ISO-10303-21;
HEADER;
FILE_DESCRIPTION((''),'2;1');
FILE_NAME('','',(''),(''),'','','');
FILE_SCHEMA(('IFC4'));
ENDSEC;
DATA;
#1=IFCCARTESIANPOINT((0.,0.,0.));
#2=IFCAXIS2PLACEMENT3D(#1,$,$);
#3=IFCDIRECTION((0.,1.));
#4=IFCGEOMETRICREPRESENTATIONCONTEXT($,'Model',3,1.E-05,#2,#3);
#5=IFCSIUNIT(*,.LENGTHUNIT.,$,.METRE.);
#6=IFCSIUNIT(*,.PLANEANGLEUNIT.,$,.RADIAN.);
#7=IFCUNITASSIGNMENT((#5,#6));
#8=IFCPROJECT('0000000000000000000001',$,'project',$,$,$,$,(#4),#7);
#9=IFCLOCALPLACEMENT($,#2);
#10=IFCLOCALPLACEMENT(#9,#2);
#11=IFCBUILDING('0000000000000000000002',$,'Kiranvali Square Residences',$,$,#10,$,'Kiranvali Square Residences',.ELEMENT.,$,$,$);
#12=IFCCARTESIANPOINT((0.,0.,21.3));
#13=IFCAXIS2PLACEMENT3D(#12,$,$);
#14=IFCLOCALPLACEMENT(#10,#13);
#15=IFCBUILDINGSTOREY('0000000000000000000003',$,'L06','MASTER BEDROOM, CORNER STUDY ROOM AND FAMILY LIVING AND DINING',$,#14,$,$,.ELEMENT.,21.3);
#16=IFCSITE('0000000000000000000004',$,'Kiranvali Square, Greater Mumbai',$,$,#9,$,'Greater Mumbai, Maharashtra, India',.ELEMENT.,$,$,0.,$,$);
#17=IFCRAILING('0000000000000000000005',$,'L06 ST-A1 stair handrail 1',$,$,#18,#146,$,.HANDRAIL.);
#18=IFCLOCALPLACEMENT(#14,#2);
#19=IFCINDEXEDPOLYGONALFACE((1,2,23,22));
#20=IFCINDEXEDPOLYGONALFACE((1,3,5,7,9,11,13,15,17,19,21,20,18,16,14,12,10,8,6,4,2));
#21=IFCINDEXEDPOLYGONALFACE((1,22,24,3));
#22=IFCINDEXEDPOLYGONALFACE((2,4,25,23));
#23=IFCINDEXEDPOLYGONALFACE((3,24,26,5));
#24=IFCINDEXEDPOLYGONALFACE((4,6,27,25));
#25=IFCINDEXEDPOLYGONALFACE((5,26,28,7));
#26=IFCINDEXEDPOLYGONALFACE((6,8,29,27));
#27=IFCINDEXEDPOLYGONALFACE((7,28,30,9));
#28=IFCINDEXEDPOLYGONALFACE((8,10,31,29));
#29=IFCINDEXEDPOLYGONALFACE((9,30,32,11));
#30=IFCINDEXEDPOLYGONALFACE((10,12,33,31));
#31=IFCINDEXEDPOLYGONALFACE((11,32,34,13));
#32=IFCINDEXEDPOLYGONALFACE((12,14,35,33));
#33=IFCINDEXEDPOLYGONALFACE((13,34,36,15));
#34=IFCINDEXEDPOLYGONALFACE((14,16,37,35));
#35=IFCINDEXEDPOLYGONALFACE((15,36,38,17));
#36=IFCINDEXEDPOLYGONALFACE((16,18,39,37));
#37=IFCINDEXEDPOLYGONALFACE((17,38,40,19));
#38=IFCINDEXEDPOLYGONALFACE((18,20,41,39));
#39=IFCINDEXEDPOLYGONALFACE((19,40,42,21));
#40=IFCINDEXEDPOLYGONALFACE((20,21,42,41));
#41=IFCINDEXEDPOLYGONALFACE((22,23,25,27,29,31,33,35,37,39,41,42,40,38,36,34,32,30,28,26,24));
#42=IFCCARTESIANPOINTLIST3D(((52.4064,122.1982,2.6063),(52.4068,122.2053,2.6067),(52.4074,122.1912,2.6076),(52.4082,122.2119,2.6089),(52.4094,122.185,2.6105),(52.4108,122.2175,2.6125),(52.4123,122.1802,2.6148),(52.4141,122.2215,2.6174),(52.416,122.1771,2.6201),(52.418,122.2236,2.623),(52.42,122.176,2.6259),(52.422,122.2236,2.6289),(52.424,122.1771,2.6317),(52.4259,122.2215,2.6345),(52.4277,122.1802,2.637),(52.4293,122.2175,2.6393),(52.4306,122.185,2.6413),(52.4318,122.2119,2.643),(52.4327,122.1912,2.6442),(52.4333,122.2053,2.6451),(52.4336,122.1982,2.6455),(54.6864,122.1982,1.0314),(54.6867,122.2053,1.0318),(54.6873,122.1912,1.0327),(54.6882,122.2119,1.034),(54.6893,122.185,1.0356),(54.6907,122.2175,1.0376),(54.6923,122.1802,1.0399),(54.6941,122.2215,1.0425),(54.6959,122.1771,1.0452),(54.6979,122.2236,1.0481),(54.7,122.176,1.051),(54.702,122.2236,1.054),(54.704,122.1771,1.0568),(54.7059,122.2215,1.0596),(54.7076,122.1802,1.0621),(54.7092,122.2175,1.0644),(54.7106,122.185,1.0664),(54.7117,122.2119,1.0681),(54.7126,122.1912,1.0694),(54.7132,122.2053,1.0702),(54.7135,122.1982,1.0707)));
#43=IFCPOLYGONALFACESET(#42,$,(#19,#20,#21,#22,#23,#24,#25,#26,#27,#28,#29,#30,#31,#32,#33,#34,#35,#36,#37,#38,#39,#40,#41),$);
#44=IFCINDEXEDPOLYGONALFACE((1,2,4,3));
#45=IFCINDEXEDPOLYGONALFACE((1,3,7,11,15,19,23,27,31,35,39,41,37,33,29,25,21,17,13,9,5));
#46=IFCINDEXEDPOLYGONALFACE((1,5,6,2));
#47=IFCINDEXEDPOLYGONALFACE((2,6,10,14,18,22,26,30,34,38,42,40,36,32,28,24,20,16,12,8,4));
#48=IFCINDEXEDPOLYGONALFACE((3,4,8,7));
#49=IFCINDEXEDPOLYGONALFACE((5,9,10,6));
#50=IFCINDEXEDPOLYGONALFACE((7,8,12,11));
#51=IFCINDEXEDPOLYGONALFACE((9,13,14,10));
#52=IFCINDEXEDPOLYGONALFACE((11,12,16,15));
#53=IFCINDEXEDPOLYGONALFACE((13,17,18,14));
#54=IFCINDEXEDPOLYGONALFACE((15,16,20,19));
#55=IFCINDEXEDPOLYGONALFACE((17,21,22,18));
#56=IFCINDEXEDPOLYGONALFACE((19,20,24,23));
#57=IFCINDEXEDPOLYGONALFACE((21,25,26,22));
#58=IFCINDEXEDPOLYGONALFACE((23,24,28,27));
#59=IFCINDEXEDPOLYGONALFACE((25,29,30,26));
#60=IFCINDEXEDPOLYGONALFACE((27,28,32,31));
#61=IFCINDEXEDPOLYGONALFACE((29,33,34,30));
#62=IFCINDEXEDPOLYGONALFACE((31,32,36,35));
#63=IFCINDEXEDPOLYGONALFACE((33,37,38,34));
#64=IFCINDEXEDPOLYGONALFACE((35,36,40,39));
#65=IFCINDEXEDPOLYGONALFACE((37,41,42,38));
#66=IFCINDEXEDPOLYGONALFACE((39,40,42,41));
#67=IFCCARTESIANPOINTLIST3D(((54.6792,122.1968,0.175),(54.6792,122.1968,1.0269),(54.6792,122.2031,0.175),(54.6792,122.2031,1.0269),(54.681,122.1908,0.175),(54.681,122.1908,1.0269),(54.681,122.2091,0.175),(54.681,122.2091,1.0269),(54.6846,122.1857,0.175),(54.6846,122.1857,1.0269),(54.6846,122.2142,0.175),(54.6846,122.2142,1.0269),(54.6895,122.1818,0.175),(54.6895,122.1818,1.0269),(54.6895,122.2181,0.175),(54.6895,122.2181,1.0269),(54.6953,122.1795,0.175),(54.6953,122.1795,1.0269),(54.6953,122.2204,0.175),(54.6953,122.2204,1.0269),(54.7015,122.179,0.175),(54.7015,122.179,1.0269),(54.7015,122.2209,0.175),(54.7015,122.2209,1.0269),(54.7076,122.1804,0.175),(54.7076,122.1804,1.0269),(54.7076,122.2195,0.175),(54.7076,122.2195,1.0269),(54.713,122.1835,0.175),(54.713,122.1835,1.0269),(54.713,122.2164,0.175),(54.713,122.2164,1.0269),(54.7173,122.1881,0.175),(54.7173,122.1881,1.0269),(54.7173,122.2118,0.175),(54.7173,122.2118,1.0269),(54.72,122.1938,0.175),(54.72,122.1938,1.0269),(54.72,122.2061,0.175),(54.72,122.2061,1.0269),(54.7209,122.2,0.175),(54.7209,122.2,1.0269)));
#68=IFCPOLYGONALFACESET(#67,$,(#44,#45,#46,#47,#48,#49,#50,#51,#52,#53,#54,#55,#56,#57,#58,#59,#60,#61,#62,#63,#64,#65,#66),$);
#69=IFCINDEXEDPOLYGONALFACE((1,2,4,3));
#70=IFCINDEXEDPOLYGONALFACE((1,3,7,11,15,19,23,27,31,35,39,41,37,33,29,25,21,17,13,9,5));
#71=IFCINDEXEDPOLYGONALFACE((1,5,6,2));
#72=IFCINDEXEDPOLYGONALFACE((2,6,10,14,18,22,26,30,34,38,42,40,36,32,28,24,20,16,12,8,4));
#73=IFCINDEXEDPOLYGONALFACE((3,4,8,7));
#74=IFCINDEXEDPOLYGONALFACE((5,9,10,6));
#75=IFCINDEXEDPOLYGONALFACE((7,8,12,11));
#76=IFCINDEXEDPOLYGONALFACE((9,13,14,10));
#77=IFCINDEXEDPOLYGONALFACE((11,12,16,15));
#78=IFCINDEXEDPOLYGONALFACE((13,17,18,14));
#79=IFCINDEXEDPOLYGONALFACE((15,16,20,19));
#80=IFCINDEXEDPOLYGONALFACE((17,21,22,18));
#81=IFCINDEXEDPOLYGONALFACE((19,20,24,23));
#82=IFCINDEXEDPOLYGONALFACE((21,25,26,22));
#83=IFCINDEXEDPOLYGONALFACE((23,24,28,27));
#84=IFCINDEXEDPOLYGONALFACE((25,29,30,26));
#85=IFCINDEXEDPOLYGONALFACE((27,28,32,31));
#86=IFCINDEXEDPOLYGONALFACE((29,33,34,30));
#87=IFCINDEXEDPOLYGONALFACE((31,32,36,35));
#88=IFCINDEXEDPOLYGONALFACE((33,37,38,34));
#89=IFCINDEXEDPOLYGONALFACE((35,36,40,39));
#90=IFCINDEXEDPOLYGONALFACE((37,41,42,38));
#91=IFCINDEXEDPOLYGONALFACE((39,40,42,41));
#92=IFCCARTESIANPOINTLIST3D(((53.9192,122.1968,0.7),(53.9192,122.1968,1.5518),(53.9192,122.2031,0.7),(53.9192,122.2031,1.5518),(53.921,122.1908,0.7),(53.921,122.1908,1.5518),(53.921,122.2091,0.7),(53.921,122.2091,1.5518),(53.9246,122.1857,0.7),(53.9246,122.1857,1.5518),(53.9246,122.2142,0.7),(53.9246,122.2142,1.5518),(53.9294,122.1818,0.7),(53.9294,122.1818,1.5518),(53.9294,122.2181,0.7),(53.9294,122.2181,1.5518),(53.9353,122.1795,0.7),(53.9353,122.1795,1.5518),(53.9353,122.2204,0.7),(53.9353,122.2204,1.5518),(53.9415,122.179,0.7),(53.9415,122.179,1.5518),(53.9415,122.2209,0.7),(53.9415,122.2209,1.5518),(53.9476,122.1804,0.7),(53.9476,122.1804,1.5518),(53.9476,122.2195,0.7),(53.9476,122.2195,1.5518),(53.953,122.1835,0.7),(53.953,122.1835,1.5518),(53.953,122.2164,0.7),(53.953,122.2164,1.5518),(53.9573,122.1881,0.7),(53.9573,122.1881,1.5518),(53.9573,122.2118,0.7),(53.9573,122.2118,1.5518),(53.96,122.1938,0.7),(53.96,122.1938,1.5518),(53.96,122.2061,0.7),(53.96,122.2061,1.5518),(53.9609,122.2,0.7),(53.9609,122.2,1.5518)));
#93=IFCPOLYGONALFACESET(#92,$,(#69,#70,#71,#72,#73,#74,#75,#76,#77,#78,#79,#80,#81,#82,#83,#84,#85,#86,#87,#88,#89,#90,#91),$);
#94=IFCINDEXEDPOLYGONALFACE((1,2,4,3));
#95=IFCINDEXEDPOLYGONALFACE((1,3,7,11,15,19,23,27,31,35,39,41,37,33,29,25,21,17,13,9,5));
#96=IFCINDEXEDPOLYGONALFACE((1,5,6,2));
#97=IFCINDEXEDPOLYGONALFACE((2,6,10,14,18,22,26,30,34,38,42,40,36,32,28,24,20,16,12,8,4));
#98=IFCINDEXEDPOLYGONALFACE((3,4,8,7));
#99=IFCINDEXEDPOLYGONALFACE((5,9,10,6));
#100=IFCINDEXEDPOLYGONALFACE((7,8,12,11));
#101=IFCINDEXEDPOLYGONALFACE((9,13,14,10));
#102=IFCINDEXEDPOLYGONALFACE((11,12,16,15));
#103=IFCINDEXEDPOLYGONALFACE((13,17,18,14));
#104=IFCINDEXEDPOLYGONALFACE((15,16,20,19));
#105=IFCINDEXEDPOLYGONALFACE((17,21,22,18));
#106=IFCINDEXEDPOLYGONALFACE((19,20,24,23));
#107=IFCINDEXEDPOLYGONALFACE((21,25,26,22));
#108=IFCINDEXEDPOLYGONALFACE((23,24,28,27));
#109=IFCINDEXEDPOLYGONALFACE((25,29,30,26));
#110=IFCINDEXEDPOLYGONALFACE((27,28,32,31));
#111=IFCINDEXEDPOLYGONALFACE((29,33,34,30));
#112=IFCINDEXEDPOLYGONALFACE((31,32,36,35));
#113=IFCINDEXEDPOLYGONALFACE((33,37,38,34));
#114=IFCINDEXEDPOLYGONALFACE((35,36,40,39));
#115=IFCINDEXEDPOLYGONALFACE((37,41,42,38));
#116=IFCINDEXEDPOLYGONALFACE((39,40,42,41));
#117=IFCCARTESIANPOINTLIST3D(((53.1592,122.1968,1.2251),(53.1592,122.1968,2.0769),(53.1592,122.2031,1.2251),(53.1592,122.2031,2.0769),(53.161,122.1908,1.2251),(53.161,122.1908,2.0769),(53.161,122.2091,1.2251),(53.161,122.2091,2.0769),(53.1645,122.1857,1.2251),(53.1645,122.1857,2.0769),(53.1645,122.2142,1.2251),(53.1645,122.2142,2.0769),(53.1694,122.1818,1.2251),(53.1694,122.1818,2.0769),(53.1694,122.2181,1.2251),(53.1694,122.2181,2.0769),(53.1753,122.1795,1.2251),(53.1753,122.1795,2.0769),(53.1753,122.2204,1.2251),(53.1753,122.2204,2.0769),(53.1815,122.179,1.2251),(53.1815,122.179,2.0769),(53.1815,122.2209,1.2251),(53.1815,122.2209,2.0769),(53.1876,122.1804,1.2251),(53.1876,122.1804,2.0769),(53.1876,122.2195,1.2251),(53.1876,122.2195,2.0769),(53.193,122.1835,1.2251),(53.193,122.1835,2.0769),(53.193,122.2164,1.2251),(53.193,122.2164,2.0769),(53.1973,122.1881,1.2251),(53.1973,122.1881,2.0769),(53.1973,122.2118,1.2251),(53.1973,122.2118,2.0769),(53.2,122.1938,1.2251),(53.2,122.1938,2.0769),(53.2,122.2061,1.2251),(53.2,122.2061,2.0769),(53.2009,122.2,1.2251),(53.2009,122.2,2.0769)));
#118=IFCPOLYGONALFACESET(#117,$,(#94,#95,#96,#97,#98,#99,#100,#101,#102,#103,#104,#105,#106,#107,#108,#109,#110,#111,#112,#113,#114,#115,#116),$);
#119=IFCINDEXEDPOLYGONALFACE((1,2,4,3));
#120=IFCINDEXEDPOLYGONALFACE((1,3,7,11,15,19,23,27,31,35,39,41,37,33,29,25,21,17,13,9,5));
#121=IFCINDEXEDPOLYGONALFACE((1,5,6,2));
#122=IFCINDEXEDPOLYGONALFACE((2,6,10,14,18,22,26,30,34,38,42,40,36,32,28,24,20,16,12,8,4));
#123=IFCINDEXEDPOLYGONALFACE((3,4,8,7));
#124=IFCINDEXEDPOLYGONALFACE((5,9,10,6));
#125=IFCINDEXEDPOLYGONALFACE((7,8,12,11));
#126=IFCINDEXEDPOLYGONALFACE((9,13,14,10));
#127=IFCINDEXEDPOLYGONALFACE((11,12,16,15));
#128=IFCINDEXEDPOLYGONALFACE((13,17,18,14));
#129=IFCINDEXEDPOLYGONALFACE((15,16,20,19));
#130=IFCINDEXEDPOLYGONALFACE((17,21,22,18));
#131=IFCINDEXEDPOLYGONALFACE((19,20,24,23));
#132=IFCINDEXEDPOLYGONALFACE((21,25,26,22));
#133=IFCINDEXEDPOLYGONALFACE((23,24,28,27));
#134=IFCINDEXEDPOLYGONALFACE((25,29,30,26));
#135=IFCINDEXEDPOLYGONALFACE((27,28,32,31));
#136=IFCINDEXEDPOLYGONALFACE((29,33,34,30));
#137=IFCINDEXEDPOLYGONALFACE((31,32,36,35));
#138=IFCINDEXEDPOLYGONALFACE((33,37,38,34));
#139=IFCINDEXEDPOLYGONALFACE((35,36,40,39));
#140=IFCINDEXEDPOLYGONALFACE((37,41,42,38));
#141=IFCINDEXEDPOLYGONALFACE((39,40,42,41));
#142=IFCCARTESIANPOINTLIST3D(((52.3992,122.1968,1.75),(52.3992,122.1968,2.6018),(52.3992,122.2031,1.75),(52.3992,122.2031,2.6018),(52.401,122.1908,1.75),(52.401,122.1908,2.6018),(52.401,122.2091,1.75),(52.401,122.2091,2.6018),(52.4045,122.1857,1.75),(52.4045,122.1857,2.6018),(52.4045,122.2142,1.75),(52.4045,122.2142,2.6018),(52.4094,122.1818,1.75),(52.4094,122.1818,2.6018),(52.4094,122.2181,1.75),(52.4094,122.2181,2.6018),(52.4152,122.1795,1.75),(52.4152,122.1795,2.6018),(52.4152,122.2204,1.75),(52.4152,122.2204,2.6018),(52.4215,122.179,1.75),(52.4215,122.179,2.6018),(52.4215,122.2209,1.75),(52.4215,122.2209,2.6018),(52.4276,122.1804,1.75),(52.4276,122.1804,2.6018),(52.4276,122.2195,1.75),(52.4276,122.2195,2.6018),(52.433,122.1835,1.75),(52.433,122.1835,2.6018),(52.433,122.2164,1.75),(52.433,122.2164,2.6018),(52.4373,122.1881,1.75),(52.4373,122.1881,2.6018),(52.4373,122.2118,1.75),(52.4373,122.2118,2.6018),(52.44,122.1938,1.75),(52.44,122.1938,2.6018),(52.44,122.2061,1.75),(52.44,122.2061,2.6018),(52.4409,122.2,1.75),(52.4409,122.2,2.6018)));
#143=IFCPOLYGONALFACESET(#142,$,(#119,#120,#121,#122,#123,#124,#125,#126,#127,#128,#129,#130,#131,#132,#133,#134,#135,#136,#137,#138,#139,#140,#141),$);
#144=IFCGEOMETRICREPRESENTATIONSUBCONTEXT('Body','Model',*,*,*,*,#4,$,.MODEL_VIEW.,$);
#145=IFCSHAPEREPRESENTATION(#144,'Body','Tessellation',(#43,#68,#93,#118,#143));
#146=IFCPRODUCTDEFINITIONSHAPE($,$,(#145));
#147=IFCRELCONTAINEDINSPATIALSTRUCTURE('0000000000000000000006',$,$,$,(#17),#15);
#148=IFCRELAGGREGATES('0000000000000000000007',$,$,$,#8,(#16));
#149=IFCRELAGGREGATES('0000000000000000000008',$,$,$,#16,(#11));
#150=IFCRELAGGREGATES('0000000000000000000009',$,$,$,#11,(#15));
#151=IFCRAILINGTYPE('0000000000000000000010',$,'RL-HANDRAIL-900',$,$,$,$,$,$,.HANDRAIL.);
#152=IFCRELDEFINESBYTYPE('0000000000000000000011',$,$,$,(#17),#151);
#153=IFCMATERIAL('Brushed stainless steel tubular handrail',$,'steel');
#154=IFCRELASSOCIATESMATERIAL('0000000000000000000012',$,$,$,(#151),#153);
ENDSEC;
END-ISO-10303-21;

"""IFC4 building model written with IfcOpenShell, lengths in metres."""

from ifc_helpers import new_model, si_unit, direction, frame, origin, origin_2d, place, context, subcontext, project, spatial, circle, extrude, material, type_object, element, save


model = new_model("IFC4")

# Units and contexts
model_context = context("Model", 3, precision=1e-05, world=origin(), true_north=direction((0.0, 1.0)))
body_context = subcontext(model_context, "Body", "Model", "MODEL_VIEW")
ifc_project = project(units=[si_unit("LENGTHUNIT", "METRE"), si_unit("PLANEANGLEUNIT", "RADIAN")], contexts=[model_context])

# Site, building, storey
site_placement = place(None, origin())
site = spatial("IfcSite", under=ifc_project, at=site_placement, Name="Kiranvali Square, Greater Mumbai", LongName="Greater Mumbai, Maharashtra, India", CompositionType="ELEMENT", RefElevation=0.0)
building_placement = place(site_placement, origin())
building = spatial("IfcBuilding", under=site, at=building_placement, Name="Kiranvali Square Residences", LongName="Kiranvali Square Residences", CompositionType="ELEMENT")
storey_placement = place(building_placement, frame((0.0, 0.0, 21.3)))
storey = spatial("IfcBuildingStorey", under=building, at=storey_placement, Name="L06", Description="MASTER BEDROOM, CORNER STUDY ROOM AND FAMILY LIVING AND DINING", CompositionType="ELEMENT", Elevation=21.3)

# Railing
ifc_material_1 = material(Name="Brushed stainless steel tubular handrail", Category="steel")
railing_type_1 = type_object("IfcRailingType", Name="RL-HANDRAIL-900", PredefinedType="HANDRAIL", material=ifc_material_1)
railing_1_placement = place(storey_placement, frame((54.7, 122.2, 0.175)))
element("IfcRailing", 1, at=railing_1_placement, inside=storey, type_object=railing_type_1, Name="L06 ST-A1 stair handrail 1", PredefinedType="HANDRAIL", context=body_context, shape_type="SweptSolid", body=[
    extrude(circle(Radius=0.0239, at=origin_2d()), frame((0.0, 0.0, 0.876), z_axis=(-0.822788, 0.0, 0.568348), x_axis=(0.0, -1.0, 0.0)), (0.0, 0.0, 1.0), 2.771),
    extrude(circle(Radius=0.021, at=origin_2d()), origin(), (0.0, 0.0, 1.0), 0.8518),
    extrude(circle(Radius=0.021, at=origin_2d()), frame((-0.76, 0.0, 0.5249)), (0.0, 0.0, 1.0), 0.8518),
    extrude(circle(Radius=0.021, at=origin_2d()), frame((-1.52, 0.0, 1.05)), (0.0, 0.0, 1.0), 0.8518),
    extrude(circle(Radius=0.021, at=origin_2d()), frame((-2.28, 0.0, 1.575)), (0.0, 0.0, 1.0), 0.8518),
])

save(model, "model.ifc")
